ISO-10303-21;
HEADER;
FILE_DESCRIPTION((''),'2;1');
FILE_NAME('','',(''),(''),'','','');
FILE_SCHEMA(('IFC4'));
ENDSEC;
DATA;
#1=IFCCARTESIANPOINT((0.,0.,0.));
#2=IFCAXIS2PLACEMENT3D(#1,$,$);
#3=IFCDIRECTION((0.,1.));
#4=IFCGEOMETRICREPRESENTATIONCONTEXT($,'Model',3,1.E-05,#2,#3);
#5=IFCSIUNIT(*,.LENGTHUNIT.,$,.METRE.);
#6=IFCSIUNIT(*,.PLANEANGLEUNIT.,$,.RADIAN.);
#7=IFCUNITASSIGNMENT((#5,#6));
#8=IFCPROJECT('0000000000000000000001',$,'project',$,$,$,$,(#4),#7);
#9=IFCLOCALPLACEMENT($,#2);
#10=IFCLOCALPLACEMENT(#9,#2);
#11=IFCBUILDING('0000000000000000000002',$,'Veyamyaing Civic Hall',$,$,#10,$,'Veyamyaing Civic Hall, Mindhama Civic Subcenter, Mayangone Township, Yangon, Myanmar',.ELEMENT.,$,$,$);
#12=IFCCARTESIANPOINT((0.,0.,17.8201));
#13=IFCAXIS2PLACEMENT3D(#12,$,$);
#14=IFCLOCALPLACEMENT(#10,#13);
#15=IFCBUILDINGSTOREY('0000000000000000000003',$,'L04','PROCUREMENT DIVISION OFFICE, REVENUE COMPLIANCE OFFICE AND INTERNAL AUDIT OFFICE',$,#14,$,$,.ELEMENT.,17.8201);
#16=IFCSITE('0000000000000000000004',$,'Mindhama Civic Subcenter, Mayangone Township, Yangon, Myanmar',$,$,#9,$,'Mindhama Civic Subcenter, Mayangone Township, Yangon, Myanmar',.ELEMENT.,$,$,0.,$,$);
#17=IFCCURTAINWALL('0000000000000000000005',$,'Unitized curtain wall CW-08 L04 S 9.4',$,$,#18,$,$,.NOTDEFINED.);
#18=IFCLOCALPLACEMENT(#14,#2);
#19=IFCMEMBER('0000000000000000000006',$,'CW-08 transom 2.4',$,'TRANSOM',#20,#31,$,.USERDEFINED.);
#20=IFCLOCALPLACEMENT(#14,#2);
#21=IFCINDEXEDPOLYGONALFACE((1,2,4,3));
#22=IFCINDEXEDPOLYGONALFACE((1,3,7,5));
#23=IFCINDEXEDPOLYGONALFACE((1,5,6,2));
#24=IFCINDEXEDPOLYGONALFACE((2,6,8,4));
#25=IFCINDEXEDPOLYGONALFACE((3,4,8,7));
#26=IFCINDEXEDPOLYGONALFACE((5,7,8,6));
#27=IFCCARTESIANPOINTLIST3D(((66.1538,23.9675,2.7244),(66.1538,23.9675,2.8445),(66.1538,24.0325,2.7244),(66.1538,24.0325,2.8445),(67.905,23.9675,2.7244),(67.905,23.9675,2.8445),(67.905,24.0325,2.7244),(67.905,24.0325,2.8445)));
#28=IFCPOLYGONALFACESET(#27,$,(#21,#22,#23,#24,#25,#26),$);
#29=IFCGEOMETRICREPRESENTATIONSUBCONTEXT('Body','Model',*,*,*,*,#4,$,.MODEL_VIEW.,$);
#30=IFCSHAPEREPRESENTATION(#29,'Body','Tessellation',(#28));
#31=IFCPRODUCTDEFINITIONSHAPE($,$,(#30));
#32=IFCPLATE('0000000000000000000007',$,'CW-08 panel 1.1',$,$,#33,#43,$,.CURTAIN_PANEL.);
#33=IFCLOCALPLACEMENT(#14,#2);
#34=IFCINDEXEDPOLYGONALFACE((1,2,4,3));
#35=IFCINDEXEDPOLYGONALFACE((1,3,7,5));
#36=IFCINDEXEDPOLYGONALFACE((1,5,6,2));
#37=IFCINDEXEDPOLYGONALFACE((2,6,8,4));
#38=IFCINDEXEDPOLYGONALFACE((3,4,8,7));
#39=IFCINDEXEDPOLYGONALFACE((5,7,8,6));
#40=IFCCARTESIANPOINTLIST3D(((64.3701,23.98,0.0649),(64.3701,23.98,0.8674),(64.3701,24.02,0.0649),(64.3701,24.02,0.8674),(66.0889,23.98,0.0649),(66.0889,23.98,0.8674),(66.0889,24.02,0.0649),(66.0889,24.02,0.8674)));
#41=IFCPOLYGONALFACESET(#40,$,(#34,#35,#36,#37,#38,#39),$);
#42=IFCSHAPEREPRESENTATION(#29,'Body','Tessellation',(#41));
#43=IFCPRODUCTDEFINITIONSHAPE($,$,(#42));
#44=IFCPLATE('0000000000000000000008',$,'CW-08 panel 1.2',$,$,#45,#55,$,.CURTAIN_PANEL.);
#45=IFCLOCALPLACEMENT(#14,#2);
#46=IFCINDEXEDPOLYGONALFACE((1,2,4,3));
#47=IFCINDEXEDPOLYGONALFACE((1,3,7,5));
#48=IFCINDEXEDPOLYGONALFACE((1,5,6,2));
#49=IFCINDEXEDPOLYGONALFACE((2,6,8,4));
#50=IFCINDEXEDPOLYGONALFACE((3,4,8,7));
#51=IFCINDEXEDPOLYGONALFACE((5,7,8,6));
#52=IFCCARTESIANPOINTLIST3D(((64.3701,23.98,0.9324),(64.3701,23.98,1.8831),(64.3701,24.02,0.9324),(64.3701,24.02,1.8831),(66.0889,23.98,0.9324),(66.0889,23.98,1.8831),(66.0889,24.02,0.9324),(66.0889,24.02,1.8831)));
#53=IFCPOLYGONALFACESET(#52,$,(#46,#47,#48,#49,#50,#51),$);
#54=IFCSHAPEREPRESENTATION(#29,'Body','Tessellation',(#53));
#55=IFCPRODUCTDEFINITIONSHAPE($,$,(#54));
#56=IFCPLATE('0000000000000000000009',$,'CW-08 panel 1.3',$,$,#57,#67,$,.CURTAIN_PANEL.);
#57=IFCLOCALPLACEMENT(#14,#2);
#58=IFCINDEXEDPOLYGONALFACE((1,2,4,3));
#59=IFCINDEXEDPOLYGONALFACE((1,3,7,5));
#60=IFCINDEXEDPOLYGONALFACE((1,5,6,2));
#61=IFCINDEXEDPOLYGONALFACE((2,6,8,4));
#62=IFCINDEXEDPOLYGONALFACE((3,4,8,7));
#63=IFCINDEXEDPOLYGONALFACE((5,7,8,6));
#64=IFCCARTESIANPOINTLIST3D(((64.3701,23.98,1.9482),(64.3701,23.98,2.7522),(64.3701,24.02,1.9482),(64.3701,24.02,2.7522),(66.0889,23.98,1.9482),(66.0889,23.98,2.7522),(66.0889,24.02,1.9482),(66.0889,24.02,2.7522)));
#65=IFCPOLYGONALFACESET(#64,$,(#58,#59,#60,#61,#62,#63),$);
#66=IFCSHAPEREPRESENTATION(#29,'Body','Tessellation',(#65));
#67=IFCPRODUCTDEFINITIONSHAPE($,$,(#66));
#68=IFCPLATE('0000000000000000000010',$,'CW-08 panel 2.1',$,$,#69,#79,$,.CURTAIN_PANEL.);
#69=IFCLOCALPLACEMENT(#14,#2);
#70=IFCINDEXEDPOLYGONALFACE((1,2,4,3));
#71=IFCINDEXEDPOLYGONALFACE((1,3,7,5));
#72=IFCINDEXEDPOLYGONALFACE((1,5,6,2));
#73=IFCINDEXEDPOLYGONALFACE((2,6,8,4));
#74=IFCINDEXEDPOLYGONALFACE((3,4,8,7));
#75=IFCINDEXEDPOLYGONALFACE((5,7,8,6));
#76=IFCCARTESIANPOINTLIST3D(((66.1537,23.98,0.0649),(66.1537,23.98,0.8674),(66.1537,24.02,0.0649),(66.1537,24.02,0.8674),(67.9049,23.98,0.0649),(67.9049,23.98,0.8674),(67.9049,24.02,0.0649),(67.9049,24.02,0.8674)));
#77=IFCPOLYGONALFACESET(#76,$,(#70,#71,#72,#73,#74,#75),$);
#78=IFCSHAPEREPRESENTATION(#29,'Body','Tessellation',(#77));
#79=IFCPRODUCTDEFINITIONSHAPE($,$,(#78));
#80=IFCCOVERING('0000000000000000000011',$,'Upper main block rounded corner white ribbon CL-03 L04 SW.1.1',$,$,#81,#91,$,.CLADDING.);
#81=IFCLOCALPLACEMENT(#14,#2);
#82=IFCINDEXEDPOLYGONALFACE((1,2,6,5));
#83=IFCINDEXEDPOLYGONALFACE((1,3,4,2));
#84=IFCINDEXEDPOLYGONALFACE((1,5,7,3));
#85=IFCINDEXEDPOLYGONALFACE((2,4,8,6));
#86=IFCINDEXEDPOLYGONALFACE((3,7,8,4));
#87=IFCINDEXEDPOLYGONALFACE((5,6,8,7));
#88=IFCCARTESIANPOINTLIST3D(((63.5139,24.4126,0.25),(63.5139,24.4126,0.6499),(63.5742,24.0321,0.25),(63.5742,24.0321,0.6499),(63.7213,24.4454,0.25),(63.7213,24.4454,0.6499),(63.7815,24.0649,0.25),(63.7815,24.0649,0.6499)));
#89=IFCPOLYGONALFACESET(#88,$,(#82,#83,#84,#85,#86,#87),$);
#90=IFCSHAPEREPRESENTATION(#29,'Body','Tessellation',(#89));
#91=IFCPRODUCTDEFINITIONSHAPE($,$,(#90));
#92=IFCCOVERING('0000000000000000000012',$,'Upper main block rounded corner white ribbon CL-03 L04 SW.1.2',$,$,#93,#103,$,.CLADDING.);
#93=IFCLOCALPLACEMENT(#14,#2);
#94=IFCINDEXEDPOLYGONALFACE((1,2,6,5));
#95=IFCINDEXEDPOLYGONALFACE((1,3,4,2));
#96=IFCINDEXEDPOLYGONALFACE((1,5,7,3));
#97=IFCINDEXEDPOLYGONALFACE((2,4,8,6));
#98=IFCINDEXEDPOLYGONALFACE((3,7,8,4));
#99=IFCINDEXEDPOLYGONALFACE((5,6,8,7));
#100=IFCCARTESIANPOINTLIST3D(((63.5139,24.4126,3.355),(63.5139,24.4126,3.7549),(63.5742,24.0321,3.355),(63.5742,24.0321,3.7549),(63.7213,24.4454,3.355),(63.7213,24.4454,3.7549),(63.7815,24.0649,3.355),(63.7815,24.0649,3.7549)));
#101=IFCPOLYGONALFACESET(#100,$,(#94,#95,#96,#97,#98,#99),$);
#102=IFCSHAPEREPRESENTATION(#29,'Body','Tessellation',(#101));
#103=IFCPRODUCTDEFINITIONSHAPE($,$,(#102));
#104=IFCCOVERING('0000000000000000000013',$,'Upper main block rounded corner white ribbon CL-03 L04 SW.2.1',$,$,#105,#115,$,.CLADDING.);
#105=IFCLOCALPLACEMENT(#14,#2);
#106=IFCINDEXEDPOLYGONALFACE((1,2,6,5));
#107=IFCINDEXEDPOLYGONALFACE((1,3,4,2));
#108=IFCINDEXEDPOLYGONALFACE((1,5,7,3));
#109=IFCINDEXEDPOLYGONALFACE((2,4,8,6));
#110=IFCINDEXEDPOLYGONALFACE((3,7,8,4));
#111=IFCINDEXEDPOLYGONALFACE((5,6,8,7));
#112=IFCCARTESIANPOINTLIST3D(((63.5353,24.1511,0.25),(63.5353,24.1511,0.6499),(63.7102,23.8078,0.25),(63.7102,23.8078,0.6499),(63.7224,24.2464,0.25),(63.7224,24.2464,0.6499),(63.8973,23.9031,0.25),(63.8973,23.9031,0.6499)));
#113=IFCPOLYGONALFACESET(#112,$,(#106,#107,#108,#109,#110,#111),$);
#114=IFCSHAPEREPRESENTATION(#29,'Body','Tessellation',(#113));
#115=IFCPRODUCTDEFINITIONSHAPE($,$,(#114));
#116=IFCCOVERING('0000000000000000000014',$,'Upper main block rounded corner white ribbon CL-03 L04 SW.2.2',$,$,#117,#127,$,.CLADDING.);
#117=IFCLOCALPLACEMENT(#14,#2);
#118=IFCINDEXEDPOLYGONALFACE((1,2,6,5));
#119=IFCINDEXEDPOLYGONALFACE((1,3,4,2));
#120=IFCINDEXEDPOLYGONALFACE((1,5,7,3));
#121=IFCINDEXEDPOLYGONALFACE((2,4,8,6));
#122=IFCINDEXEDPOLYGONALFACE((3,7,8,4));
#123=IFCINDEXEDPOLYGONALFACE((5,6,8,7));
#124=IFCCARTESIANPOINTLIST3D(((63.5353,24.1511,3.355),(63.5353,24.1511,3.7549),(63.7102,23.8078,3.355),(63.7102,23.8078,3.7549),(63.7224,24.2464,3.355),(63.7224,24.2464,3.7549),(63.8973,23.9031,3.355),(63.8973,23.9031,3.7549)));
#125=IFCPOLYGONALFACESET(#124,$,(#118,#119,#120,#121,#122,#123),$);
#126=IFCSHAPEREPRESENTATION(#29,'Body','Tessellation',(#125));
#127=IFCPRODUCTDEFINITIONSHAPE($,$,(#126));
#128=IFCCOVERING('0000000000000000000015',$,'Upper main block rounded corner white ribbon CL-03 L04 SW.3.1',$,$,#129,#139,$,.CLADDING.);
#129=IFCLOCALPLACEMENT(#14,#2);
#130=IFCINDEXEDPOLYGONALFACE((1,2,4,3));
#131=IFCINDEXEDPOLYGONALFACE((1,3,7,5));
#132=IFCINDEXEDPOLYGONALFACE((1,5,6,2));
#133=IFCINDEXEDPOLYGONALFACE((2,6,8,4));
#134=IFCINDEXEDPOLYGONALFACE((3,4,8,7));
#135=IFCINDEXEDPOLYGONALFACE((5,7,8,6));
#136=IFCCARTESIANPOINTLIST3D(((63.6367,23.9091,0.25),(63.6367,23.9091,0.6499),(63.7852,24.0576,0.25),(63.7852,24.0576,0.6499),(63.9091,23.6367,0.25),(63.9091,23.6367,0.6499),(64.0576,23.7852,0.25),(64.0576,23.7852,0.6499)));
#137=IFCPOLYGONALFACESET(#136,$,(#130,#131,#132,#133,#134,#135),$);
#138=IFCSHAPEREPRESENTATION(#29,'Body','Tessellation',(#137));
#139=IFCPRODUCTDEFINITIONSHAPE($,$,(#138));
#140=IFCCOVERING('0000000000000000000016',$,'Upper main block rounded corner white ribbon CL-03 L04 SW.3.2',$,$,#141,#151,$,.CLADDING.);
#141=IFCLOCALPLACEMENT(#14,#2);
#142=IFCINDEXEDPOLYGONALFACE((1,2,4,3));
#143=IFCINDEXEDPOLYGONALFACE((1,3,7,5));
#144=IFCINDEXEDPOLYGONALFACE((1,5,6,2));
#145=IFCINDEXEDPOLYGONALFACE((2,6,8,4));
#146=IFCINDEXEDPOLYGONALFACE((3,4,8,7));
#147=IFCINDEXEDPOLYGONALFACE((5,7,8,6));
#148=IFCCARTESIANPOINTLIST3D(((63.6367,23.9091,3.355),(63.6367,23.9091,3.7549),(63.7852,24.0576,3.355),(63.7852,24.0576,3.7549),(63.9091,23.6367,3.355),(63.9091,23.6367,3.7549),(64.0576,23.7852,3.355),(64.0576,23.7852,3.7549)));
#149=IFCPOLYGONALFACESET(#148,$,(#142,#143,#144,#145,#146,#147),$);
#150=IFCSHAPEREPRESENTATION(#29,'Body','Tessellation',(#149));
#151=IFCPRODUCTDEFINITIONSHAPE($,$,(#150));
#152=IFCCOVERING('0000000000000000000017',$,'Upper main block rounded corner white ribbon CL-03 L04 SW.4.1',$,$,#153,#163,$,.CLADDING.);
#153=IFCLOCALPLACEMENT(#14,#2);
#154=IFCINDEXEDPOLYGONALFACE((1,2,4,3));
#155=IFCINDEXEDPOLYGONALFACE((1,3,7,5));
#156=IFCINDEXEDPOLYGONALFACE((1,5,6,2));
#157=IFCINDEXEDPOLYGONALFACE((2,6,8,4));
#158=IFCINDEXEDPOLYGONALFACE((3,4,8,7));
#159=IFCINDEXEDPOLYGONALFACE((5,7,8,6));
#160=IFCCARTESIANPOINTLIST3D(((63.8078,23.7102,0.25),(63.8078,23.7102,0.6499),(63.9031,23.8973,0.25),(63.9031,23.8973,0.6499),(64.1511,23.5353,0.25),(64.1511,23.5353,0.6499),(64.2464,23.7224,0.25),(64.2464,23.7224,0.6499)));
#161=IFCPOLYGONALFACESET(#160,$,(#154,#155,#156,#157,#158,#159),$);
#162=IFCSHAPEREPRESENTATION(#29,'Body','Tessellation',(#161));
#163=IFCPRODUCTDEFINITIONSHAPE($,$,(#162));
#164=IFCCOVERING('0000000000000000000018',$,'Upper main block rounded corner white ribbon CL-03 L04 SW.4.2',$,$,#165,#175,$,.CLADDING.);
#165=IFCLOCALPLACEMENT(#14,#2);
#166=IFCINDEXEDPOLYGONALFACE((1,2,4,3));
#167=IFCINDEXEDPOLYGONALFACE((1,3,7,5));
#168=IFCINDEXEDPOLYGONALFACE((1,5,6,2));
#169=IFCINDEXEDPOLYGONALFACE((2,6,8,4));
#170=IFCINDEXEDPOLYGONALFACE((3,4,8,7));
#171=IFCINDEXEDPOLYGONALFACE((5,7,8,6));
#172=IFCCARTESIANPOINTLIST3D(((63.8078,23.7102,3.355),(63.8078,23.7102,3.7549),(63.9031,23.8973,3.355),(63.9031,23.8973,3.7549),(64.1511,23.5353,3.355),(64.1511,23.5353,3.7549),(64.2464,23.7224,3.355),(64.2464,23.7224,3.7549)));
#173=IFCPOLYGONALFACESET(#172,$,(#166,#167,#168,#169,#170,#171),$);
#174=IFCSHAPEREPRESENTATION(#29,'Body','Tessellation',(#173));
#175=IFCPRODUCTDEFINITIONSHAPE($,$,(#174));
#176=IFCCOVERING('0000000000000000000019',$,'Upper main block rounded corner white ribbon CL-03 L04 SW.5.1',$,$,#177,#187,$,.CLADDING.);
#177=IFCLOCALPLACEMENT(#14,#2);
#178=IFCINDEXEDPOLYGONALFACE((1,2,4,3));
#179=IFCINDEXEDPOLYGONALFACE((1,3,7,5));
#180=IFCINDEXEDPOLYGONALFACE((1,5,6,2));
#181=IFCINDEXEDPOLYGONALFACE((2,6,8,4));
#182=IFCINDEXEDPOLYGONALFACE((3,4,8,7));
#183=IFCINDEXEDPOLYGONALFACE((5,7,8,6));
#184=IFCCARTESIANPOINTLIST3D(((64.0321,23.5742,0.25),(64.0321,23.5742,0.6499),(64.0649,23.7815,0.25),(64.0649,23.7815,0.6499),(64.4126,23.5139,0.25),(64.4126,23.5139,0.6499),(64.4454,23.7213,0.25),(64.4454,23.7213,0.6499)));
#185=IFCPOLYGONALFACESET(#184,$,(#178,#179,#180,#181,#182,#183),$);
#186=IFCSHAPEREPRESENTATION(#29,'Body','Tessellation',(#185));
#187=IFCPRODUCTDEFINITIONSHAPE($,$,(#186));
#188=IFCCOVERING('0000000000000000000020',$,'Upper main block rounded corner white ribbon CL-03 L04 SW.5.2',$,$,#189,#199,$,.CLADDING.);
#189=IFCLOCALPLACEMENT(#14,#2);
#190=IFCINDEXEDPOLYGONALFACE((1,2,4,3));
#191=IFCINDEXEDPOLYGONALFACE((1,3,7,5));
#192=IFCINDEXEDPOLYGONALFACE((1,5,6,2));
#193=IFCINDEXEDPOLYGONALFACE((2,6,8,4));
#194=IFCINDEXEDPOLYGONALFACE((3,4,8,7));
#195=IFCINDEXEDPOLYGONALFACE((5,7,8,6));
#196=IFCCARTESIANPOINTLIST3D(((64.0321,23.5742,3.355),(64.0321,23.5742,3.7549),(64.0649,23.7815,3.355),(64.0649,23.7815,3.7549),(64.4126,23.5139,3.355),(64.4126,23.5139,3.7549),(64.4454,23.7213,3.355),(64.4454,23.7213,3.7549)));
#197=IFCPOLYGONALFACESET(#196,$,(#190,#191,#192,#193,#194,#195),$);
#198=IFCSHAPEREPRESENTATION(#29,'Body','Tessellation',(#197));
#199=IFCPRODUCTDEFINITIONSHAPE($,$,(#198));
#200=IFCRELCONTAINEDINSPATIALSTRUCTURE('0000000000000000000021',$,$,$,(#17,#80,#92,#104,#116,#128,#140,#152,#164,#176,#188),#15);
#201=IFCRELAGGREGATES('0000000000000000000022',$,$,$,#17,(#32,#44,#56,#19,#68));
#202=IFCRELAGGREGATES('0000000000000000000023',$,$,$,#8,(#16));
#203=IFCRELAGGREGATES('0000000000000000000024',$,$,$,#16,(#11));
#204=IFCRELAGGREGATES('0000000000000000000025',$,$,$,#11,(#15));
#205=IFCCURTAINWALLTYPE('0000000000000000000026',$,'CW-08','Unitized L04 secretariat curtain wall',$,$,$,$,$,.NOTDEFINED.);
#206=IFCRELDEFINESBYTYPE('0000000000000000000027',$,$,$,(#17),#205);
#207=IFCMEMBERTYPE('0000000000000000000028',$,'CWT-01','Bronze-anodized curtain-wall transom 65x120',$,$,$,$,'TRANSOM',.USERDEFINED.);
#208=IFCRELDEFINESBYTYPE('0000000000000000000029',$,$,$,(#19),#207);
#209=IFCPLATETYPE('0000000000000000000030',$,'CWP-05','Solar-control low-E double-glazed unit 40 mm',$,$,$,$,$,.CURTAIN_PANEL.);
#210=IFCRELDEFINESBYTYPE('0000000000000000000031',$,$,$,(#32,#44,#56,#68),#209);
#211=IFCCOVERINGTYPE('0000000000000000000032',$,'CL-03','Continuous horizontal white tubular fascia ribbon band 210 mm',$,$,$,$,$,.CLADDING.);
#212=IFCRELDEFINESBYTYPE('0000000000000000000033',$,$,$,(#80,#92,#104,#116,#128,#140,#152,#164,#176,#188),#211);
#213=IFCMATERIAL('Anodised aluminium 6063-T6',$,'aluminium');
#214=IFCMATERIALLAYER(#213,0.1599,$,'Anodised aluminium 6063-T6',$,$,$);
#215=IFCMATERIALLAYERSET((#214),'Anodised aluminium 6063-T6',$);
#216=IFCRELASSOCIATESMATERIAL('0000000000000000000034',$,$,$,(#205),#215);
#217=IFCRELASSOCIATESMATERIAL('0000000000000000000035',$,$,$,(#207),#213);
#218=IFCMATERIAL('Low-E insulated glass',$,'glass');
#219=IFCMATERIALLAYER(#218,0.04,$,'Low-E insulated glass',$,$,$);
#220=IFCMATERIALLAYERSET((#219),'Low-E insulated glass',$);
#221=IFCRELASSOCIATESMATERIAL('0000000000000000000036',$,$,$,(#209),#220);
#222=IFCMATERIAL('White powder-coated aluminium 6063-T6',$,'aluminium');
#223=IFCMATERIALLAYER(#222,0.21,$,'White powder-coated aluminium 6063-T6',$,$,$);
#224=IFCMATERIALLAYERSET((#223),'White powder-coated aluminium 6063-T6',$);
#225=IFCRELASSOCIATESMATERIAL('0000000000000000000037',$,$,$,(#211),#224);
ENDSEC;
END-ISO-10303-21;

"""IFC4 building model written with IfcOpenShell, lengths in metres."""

from ifc_helpers import new_model, si_unit, direction, frame, origin, origin_2d, place, context, subcontext, project, spatial, rectangle, extrude, material, layer, layer_set, material_profile, profile_set, type_object, element, aggregate, save


model = new_model("IFC4")

# Units and contexts
model_context = context("Model", 3, precision=1e-05, world=origin(), true_north=direction((0.0, 1.0)))
body_context = subcontext(model_context, "Body", "Model", "MODEL_VIEW")
ifc_project = project(units=[si_unit("LENGTHUNIT", "METRE"), si_unit("PLANEANGLEUNIT", "RADIAN")], contexts=[model_context])

# Site, building, storey
site_placement = place(None, origin())
site = spatial("IfcSite", under=ifc_project, at=site_placement, Name="Mindhama Civic Subcenter, Mayangone Township, Yangon, Myanmar", LongName="Mindhama Civic Subcenter, Mayangone Township, Yangon, Myanmar", CompositionType="ELEMENT", RefElevation=0.0)
building_placement = place(site_placement, origin())
building = spatial("IfcBuilding", under=site, at=building_placement, Name="Veyamyaing Civic Hall", LongName="Veyamyaing Civic Hall, Mindhama Civic Subcenter, Mayangone Township, Yangon, Myanmar", CompositionType="ELEMENT")
storey_placement = place(building_placement, frame((0.0, 0.0, 17.8201)))
storey = spatial("IfcBuildingStorey", under=building, at=storey_placement, Name="L04", Description="PROCUREMENT DIVISION OFFICE, REVENUE COMPLIANCE OFFICE AND INTERNAL AUDIT OFFICE", CompositionType="ELEMENT", Elevation=17.8201)

# Curtain wall, member, plates
ifc_material_1 = material(Name="Anodised aluminium 6063-T6", Category="aluminium")
ifc_layer_1 = layer(ifc_material_1, 0.1599, Name="Anodised aluminium 6063-T6")
ifc_layer_set_1 = layer_set([ifc_layer_1], Name="Anodised aluminium 6063-T6")
curtain_wall_type = type_object("IfcCurtainWallType", Name="CW-08", Description="Unitized L04 secretariat curtain wall", PredefinedType="NOTDEFINED", material=ifc_layer_set_1)
curtain_wall_placement = place(storey_placement, origin())
curtain_wall = element("IfcCurtainWall", 1, at=curtain_wall_placement, inside=storey, type_object=curtain_wall_type, Name="Unitized curtain wall CW-08 L04 S 9.4", PredefinedType="NOTDEFINED")
ifc_material_profile_1 = material_profile(ifc_material_1, rectangle(XDim=0.0649, YDim=0.1201, at=origin_2d()), Name="ALU-TRN-65X120")
ifc_profile_set_1 = profile_set([ifc_material_profile_1], Name="Anodised aluminium 6063-T6")
member_type_1 = type_object("IfcMemberType", Name="CWT-01", Description="Bronze-anodized curtain-wall transom 65x120", ElementType="TRANSOM", PredefinedType="USERDEFINED", material=ifc_profile_set_1)
member_1_placement = place(storey_placement, frame((66.1538, 24.0, 2.7844), z_axis=(1.0, 0.0, 0.0), x_axis=(0.0, 1.0, 0.0)))
member_1 = element("IfcMember", 2, at=member_1_placement, type_object=member_type_1, Name="CW-08 transom 2.4", ObjectType="TRANSOM", PredefinedType="USERDEFINED", context=body_context, shape_type="SweptSolid", body=[
    extrude(rectangle(XDim=0.0649, YDim=0.1201, at=origin_2d()), origin(), (0.0, 0.0, 1.0), 1.7512),
])
ifc_material_2 = material(Name="Low-E insulated glass", Category="glass")
ifc_layer_2 = layer(ifc_material_2, 0.04, Name="Low-E insulated glass")
ifc_layer_set_2 = layer_set([ifc_layer_2], Name="Low-E insulated glass")
plate_type = type_object("IfcPlateType", Name="CWP-05", Description="Solar-control low-E double-glazed unit 40 mm", PredefinedType="CURTAIN_PANEL", material=ifc_layer_set_2)
plate_1_placement = place(storey_placement, frame((65.2295, 24.0, 0.0649), z_axis=(0.0, 0.0, 1.0), x_axis=(1.0, 0.0, 0.0)))
plate_1 = element("IfcPlate", 3, at=plate_1_placement, type_object=plate_type, Name="CW-08 panel 1.1", PredefinedType="CURTAIN_PANEL", context=body_context, shape_type="SweptSolid", body=[
    extrude(rectangle(XDim=1.7188, YDim=0.04, at=origin_2d()), origin(), (0.0, 0.0, 1.0), 0.8025),
])
plate_2_placement = place(storey_placement, frame((65.2295, 24.0, 0.9324), z_axis=(0.0, 0.0, 1.0), x_axis=(1.0, 0.0, 0.0)))
plate_2 = element("IfcPlate", 4, at=plate_2_placement, type_object=plate_type, Name="CW-08 panel 1.2", PredefinedType="CURTAIN_PANEL", context=body_context, shape_type="SweptSolid", body=[
    extrude(rectangle(XDim=1.7188, YDim=0.04, at=origin_2d()), origin(), (0.0, 0.0, 1.0), 0.9507),
])
plate_3_placement = place(storey_placement, frame((65.2295, 24.0, 1.9482), z_axis=(0.0, 0.0, 1.0), x_axis=(1.0, 0.0, 0.0)))
plate_3 = element("IfcPlate", 5, at=plate_3_placement, type_object=plate_type, Name="CW-08 panel 1.3", PredefinedType="CURTAIN_PANEL", context=body_context, shape_type="SweptSolid", body=[
    extrude(rectangle(XDim=1.7188, YDim=0.04, at=origin_2d()), origin(), (0.0, 0.0, 1.0), 0.804),
])
plate_4_placement = place(storey_placement, frame((67.0293, 24.0, 0.0649), z_axis=(0.0, 0.0, 1.0), x_axis=(1.0, 0.0, 0.0)))
plate_4 = element("IfcPlate", 6, at=plate_4_placement, type_object=plate_type, Name="CW-08 panel 2.1", PredefinedType="CURTAIN_PANEL", context=body_context, shape_type="SweptSolid", body=[
    extrude(rectangle(XDim=1.7512, YDim=0.04, at=origin_2d()), origin(), (0.0, 0.0, 1.0), 0.8025),
])
aggregate(curtain_wall, [plate_1, plate_2, plate_3, member_1, plate_4])

# Coverings
ifc_material_3 = material(Name="White powder-coated aluminium 6063-T6", Category="aluminium")
ifc_layer_3 = layer(ifc_material_3, 0.21, Name="White powder-coated aluminium 6063-T6")
ifc_layer_set_3 = layer_set([ifc_layer_3], Name="White powder-coated aluminium 6063-T6")
covering_type = type_object("IfcCoveringType", Name="CL-03", Description="Continuous horizontal white tubular fascia ribbon band 210 mm", PredefinedType="CLADDING", material=ifc_layer_set_3)
for number, where, z_axis, x_axis, name in (
    (7, (63.6477, 24.2388, 0.25), (0.0, 0.0, 1.0), (0.156434, -0.987688, 0.0), "Upper main block rounded corner white ribbon CL-03 L04 SW.1.1"),
    (8, (63.6477, 24.2388, 3.355), (0.0, 0.0, 1.0), (0.156434, -0.987688, 0.0), "Upper main block rounded corner white ribbon CL-03 L04 SW.1.2"),
    (9, (63.7163, 24.0271, 0.25), (0.0, 0.0, 1.0), (0.45399, -0.891007, 0.0), "Upper main block rounded corner white ribbon CL-03 L04 SW.2.1"),
    (10, (63.7163, 24.0271, 3.355), (0.0, 0.0, 1.0), (0.45399, -0.891007, 0.0), "Upper main block rounded corner white ribbon CL-03 L04 SW.2.2"),
    (11, (63.8472, 23.8472, 0.25), (0.0, 0.0, 1.0), (0.707107, -0.707107, 0.0), "Upper main block rounded corner white ribbon CL-03 L04 SW.3.1"),
    (12, (63.8472, 23.8472, 3.355), (0.0, 0.0, 1.0), (0.707107, -0.707107, 0.0), "Upper main block rounded corner white ribbon CL-03 L04 SW.3.2"),
    (13, (64.0271, 23.7163, 0.25), (0.0, 0.0, 1.0), (0.891007, -0.45399, 0.0), "Upper main block rounded corner white ribbon CL-03 L04 SW.4.1"),
    (14, (64.0271, 23.7163, 3.355), (0.0, 0.0, 1.0), (0.891007, -0.45399, 0.0), "Upper main block rounded corner white ribbon CL-03 L04 SW.4.2"),
    (15, (64.2388, 23.6477, 0.25), (0.0, 0.0, 1.0), (0.987688, -0.156434, 0.0), "Upper main block rounded corner white ribbon CL-03 L04 SW.5.1"),
    (16, (64.2388, 23.6477, 3.355), (0.0, 0.0, 1.0), (0.987688, -0.156434, 0.0), "Upper main block rounded corner white ribbon CL-03 L04 SW.5.2"),
):
    element("IfcCovering", number, at=place(storey_placement, frame(where, z_axis=z_axis, x_axis=x_axis)), inside=storey, type_object=covering_type, Name=name, PredefinedType="CLADDING", context=body_context, shape_type="SweptSolid", body=[
        extrude(rectangle(XDim=0.3853, YDim=0.21, at=origin_2d()), origin(), (0.0, 0.0, 1.0), 0.3999),
    ])

save(model, "model.ifc")
